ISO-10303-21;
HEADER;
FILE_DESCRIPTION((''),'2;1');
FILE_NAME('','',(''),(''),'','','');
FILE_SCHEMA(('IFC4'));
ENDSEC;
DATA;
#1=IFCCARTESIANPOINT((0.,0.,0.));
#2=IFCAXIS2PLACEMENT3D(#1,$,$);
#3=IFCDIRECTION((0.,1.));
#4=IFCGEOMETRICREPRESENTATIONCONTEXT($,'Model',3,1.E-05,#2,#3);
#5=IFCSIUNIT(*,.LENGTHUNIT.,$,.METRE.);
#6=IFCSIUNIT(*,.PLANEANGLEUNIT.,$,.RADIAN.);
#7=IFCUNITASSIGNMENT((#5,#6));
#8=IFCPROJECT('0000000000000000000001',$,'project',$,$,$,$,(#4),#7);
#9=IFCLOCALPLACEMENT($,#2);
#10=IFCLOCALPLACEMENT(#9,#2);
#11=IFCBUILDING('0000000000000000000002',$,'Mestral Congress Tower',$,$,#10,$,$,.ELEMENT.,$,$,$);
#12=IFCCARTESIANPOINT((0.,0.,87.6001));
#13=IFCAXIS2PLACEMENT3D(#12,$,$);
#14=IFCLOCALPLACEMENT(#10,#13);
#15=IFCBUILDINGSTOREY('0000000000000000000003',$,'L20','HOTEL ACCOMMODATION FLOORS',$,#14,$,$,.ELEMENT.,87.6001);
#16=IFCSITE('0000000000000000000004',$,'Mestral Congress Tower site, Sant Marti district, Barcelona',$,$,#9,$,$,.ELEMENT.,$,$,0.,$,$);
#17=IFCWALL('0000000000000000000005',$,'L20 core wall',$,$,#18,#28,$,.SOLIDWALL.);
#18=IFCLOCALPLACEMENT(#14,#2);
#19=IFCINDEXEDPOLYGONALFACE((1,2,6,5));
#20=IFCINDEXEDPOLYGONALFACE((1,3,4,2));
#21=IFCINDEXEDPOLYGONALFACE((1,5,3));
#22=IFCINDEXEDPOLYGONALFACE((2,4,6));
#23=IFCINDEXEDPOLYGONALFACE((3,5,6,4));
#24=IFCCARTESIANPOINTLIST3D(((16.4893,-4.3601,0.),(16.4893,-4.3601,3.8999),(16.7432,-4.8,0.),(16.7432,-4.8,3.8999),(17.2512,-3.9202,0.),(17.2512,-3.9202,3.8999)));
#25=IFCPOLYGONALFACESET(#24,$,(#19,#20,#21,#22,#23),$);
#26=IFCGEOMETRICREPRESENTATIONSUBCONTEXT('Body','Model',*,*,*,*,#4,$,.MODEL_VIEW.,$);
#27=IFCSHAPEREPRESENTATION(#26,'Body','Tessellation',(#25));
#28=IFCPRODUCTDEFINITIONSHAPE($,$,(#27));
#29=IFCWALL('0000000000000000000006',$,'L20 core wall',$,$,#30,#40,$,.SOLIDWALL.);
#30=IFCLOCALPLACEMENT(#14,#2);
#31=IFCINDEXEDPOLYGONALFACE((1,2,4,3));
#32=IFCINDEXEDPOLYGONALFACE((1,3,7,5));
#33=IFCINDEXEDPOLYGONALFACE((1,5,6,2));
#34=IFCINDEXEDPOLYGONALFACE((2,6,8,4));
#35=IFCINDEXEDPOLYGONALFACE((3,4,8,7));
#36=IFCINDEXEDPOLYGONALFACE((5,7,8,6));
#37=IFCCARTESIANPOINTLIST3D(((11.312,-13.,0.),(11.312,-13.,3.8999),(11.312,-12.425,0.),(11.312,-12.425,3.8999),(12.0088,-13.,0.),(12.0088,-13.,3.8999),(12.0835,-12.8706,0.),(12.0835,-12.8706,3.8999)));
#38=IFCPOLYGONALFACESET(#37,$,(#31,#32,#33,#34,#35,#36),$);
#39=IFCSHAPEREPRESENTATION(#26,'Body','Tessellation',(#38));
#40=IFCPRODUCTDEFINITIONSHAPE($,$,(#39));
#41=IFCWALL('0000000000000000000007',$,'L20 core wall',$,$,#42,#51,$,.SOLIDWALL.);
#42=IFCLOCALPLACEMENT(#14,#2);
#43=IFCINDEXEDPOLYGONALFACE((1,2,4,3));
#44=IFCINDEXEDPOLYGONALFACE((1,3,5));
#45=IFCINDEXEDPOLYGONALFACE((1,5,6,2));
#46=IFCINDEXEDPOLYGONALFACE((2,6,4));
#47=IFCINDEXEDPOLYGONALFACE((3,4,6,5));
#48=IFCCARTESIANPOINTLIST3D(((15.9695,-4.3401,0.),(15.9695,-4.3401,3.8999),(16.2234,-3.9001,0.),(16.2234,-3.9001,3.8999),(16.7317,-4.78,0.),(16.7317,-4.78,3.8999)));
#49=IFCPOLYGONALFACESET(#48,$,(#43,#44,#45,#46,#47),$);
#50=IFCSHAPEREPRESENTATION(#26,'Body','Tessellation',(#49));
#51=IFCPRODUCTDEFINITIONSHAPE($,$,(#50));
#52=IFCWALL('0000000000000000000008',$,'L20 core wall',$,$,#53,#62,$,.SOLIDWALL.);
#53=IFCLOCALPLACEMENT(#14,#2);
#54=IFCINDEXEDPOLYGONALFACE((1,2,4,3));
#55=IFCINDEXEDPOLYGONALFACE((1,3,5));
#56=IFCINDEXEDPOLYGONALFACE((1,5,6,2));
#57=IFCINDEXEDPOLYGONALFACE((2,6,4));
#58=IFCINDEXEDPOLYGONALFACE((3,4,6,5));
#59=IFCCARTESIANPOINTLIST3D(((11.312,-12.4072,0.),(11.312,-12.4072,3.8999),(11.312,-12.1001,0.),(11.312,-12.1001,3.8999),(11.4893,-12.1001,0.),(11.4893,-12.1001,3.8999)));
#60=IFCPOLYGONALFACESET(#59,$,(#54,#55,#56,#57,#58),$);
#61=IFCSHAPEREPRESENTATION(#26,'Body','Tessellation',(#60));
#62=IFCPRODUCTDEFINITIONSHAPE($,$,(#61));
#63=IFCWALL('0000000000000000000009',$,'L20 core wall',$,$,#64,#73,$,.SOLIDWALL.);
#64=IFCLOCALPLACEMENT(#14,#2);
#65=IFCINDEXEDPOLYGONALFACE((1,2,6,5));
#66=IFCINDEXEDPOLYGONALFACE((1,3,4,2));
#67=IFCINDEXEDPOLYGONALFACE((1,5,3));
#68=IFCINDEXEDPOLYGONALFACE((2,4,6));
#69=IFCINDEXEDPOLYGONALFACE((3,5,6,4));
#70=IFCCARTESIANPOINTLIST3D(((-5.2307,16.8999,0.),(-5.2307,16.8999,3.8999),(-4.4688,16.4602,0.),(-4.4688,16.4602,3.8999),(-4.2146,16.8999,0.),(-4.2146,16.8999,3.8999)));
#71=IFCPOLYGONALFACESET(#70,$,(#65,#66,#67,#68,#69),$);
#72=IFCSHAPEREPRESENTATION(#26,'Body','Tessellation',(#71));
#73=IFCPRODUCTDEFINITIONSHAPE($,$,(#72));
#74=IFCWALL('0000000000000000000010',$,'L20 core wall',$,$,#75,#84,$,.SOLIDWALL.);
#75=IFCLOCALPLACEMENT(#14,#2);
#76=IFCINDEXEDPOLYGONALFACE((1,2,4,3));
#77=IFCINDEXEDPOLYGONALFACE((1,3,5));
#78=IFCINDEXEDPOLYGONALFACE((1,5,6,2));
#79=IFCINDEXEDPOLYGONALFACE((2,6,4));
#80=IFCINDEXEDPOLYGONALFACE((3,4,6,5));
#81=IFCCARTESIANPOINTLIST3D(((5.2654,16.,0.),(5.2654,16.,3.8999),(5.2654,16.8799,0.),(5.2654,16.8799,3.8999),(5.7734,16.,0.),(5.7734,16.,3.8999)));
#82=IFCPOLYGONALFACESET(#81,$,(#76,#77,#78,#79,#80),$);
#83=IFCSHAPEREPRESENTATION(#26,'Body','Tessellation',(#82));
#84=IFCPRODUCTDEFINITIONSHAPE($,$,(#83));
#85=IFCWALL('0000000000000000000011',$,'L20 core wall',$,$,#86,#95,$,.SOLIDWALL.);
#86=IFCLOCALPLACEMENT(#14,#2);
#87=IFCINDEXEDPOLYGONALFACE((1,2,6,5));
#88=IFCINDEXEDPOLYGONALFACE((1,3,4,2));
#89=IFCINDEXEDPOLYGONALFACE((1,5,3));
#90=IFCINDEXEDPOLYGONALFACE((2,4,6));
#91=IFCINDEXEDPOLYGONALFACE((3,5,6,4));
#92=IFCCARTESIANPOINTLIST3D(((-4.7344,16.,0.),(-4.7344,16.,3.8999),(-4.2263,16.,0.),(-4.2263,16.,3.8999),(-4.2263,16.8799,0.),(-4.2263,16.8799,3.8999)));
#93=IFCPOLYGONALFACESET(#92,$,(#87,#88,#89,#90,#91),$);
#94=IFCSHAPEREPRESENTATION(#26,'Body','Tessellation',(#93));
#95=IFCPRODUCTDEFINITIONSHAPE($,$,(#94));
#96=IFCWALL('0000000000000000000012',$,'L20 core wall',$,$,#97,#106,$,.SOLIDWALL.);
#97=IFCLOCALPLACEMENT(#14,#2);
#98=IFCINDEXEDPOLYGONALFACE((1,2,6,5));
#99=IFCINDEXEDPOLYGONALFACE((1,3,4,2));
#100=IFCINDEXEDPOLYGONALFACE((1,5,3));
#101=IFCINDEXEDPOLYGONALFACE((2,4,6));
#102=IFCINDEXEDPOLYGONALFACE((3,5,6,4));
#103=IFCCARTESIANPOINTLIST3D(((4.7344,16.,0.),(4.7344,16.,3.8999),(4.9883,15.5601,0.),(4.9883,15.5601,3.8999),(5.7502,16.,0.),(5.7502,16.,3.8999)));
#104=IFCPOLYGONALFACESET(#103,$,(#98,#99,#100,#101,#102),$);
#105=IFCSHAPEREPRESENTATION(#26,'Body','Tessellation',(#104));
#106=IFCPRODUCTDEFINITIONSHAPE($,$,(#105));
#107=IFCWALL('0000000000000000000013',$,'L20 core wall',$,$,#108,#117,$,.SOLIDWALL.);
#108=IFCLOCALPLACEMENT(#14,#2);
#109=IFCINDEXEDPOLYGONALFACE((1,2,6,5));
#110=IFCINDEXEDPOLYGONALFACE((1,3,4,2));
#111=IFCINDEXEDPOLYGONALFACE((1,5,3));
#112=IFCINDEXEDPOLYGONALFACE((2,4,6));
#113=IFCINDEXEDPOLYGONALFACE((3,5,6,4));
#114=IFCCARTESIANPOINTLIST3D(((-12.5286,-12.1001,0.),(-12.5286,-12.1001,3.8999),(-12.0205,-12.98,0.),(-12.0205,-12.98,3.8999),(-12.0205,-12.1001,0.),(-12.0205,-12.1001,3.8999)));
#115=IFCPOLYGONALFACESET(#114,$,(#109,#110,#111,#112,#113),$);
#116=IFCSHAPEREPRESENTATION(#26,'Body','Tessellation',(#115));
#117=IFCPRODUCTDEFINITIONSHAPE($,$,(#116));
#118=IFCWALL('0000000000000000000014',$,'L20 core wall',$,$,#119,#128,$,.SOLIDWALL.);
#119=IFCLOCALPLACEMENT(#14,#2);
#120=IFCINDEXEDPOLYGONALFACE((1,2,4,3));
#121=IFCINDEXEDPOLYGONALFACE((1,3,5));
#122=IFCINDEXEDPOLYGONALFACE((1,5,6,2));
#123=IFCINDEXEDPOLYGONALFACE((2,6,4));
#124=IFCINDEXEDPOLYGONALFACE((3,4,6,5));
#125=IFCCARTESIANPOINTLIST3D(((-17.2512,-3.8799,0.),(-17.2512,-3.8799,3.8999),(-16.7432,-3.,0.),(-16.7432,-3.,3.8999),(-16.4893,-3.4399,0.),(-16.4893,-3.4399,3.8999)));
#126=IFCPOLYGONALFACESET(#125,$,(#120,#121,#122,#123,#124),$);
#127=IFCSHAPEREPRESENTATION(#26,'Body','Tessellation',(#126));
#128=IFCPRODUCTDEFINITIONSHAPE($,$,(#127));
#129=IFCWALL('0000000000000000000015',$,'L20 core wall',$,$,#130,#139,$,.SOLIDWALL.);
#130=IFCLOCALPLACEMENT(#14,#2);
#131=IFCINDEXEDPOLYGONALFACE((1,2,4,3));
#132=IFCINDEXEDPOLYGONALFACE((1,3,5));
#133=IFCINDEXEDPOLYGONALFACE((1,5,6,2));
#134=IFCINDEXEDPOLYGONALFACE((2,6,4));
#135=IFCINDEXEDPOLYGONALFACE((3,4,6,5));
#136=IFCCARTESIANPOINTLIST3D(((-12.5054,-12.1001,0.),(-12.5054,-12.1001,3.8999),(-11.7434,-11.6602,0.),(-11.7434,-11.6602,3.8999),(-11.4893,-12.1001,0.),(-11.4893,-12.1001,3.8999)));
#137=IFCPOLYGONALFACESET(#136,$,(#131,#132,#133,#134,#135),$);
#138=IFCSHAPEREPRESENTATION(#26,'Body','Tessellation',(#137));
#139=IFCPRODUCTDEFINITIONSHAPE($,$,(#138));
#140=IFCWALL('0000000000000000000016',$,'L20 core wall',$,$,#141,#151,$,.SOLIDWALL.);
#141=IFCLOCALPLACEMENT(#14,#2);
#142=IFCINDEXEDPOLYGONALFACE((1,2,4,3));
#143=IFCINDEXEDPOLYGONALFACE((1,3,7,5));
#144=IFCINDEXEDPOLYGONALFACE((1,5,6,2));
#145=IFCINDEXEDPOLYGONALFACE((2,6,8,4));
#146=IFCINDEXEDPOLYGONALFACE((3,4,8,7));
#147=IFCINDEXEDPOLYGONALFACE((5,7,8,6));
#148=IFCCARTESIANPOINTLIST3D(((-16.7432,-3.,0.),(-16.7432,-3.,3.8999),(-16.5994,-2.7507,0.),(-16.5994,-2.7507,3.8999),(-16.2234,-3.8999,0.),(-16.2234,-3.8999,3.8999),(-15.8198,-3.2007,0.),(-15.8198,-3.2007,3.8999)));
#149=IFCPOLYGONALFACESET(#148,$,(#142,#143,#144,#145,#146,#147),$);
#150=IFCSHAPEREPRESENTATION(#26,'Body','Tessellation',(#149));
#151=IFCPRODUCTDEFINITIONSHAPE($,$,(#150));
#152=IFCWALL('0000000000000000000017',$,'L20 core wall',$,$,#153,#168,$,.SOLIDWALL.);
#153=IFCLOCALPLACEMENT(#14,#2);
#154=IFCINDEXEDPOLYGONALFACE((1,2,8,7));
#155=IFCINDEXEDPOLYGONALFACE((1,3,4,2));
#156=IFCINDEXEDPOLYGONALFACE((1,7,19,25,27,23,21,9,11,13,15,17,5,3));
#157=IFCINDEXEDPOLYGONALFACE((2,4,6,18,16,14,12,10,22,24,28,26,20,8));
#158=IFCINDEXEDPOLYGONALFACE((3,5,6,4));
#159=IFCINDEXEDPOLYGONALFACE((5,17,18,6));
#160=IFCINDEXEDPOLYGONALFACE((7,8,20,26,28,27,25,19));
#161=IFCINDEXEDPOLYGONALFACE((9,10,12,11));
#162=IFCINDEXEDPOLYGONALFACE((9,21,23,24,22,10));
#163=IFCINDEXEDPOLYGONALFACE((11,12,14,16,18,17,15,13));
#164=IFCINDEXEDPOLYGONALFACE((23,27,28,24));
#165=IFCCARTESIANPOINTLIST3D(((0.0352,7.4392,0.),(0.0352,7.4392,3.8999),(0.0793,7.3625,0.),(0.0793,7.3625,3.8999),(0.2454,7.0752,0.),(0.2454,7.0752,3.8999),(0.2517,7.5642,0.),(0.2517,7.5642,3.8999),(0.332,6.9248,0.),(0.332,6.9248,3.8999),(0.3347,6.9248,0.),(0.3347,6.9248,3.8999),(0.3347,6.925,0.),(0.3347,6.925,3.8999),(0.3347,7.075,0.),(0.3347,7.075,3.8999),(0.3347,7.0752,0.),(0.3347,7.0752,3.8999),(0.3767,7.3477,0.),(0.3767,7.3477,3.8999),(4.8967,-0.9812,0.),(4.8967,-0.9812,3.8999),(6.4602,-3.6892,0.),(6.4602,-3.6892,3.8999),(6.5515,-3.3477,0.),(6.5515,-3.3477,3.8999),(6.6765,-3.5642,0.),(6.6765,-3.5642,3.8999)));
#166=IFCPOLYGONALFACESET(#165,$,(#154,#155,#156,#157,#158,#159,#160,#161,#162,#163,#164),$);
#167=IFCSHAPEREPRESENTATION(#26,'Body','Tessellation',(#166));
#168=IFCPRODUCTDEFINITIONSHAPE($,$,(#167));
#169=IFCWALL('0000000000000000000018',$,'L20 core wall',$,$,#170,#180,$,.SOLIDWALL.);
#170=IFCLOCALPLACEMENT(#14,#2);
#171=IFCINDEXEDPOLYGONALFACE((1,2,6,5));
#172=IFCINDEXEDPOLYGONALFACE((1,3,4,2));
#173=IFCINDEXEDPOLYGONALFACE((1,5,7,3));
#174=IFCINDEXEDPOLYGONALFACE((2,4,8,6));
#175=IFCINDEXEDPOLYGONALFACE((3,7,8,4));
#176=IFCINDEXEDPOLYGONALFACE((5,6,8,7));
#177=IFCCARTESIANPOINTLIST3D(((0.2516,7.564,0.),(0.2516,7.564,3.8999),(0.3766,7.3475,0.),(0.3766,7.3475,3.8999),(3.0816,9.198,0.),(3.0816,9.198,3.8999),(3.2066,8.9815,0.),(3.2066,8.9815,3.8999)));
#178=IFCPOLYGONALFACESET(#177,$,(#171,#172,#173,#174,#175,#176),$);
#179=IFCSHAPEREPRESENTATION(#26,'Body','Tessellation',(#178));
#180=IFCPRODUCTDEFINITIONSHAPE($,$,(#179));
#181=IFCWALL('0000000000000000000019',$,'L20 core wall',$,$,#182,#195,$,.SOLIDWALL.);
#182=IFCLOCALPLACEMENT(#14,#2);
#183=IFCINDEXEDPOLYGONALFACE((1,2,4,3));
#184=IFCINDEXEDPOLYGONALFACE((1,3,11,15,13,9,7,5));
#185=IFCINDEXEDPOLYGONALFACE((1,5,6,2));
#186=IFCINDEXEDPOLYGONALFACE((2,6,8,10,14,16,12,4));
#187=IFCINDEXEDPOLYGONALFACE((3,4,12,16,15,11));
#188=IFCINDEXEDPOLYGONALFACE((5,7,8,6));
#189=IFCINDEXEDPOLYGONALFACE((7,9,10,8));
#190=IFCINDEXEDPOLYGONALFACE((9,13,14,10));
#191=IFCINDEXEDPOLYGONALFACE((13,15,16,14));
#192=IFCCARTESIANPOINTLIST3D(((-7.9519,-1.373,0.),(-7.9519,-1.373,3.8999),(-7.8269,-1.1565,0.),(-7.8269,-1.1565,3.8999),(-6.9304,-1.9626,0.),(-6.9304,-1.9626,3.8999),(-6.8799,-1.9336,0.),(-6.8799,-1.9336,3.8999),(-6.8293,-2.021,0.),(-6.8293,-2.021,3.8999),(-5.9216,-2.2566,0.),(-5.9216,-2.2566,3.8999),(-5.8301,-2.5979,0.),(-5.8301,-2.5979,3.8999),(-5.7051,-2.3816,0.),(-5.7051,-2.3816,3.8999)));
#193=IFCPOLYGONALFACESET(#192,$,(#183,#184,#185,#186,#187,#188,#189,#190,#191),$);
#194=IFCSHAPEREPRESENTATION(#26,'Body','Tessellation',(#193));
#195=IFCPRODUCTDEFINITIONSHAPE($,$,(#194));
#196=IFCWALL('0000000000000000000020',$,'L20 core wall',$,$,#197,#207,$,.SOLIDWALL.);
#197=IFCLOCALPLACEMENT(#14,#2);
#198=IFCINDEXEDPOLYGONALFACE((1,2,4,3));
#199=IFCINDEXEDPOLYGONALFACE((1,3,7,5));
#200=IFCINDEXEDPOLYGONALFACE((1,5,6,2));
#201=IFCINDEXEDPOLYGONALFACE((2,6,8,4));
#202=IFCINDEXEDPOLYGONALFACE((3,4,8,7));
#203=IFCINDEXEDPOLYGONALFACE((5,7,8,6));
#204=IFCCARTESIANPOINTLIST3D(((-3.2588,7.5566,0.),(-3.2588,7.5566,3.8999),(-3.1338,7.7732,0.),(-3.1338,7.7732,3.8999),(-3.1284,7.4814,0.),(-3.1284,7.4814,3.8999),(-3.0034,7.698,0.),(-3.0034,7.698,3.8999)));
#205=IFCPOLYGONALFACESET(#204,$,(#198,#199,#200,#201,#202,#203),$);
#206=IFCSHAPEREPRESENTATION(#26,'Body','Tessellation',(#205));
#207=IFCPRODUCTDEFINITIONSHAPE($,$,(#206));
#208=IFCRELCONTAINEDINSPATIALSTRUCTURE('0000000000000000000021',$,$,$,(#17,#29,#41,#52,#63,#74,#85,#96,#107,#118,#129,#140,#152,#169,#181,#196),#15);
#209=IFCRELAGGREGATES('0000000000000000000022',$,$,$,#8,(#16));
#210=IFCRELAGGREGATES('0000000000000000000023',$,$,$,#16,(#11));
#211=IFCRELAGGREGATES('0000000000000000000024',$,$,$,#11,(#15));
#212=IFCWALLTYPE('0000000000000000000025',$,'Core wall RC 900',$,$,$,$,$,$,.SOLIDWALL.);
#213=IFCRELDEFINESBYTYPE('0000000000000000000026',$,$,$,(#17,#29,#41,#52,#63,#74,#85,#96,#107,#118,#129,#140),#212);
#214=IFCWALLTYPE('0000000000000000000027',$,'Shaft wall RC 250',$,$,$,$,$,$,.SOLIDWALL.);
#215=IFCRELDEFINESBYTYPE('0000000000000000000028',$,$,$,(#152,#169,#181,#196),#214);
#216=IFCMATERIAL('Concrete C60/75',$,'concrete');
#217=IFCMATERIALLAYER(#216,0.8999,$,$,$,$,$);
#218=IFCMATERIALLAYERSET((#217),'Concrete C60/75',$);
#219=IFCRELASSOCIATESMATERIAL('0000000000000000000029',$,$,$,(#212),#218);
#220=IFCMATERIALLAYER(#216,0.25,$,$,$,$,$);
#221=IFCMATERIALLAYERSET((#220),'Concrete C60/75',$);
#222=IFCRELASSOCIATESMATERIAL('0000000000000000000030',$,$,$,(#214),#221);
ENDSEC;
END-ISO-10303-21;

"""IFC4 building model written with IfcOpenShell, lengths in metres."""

from ifc_helpers import new_model, si_unit, direction, frame, frame_2d, origin, place, context, subcontext, project, spatial, polyline, rectangle, outline, extrude, material, layer, layer_set, type_object, element, save


model = new_model("IFC4")

# Units and contexts
model_context = context("Model", 3, precision=1e-05, world=origin(), true_north=direction((0.0, 1.0)))
body_context = subcontext(model_context, "Body", "Model", "MODEL_VIEW")
ifc_project = project(units=[si_unit("LENGTHUNIT", "METRE"), si_unit("PLANEANGLEUNIT", "RADIAN")], contexts=[model_context])

# Site, building, storey
site_placement = place(None, origin())
site = spatial("IfcSite", under=ifc_project, at=site_placement, Name="Mestral Congress Tower site, Sant Marti district, Barcelona", CompositionType="ELEMENT", RefElevation=0.0)
building_placement = place(site_placement, origin())
building = spatial("IfcBuilding", under=site, at=building_placement, Name="Mestral Congress Tower", CompositionType="ELEMENT")
storey_placement = place(building_placement, frame((0.0, 0.0, 87.6001)))
storey = spatial("IfcBuildingStorey", under=building, at=storey_placement, Name="L20", Description="HOTEL ACCOMMODATION FLOORS", CompositionType="ELEMENT", Elevation=87.6001)

# Shared definitions
ifc_material_1 = material(Name="Concrete C60/75", Category="concrete")

# Shared definitions
placement_1 = place(storey_placement, origin())

# Walls
ifc_layer_1 = layer(ifc_material_1, 0.8999)
ifc_layer_set_1 = layer_set([ifc_layer_1], Name="Concrete C60/75")
wall_type_1 = type_object("IfcWallType", Name="Core wall RC 900", PredefinedType="SOLIDWALL", material=ifc_layer_set_1)
element("IfcWall", 1, at=placement_1, inside=storey, type_object=wall_type_1, Name="L20 core wall", PredefinedType="SOLIDWALL", context=body_context, shape_type="SweptSolid", body=[
    extrude(outline(polyline([(16.7432, -4.8), (16.4893, -4.3601), (17.2512, -3.9202), (16.7432, -4.8)])), origin(), (0.0, 0.0, 1.0), 3.8999),
])
element("IfcWall", 2, at=placement_1, inside=storey, type_object=wall_type_1, Name="L20 core wall", PredefinedType="SOLIDWALL", context=body_context, shape_type="SweptSolid", body=[
    extrude(outline(polyline([(12.0088, -13.0), (11.312, -13.0), (11.312, -12.425), (12.0835, -12.8706), (12.0088, -13.0)])), origin(), (0.0, 0.0, 1.0), 3.8999),
])
element("IfcWall", 3, at=placement_1, inside=storey, type_object=wall_type_1, Name="L20 core wall", PredefinedType="SOLIDWALL", context=body_context, shape_type="SweptSolid", body=[
    extrude(outline(polyline([(16.2234, -3.9001), (16.7317, -4.78), (15.9695, -4.3401), (16.2234, -3.9001)])), origin(), (0.0, 0.0, 1.0), 3.8999),
])
element("IfcWall", 4, at=placement_1, inside=storey, type_object=wall_type_1, Name="L20 core wall", PredefinedType="SOLIDWALL", context=body_context, shape_type="SweptSolid", body=[
    extrude(outline(polyline([(11.4893, -12.1001), (11.312, -12.4072), (11.312, -12.1001), (11.4893, -12.1001)])), origin(), (0.0, 0.0, 1.0), 3.8999),
])
element("IfcWall", 5, at=placement_1, inside=storey, type_object=wall_type_1, Name="L20 core wall", PredefinedType="SOLIDWALL", context=body_context, shape_type="SweptSolid", body=[
    extrude(outline(polyline([(-4.2146, 16.8999), (-4.4688, 16.4602), (-5.2307, 16.8999), (-4.2146, 16.8999)])), origin(), (0.0, 0.0, 1.0), 3.8999),
])
element("IfcWall", 6, at=placement_1, inside=storey, type_object=wall_type_1, Name="L20 core wall", PredefinedType="SOLIDWALL", context=body_context, shape_type="SweptSolid", body=[
    extrude(outline(polyline([(5.2654, 16.0), (5.2654, 16.8799), (5.7734, 16.0), (5.2654, 16.0)])), origin(), (0.0, 0.0, 1.0), 3.8999),
])
element("IfcWall", 7, at=placement_1, inside=storey, type_object=wall_type_1, Name="L20 core wall", PredefinedType="SOLIDWALL", context=body_context, shape_type="SweptSolid", body=[
    extrude(outline(polyline([(-4.7344, 16.0), (-4.2263, 16.8799), (-4.2263, 16.0), (-4.7344, 16.0)])), origin(), (0.0, 0.0, 1.0), 3.8999),
])
element("IfcWall", 8, at=placement_1, inside=storey, type_object=wall_type_1, Name="L20 core wall", PredefinedType="SOLIDWALL", context=body_context, shape_type="SweptSolid", body=[
    extrude(outline(polyline([(4.7344, 16.0), (5.7502, 16.0), (4.9883, 15.5601), (4.7344, 16.0)])), origin(), (0.0, 0.0, 1.0), 3.8999),
])
element("IfcWall", 9, at=placement_1, inside=storey, type_object=wall_type_1, Name="L20 core wall", PredefinedType="SOLIDWALL", context=body_context, shape_type="SweptSolid", body=[
    extrude(outline(polyline([(-12.5286, -12.1001), (-12.0205, -12.1001), (-12.0205, -12.98), (-12.5286, -12.1001)])), origin(), (0.0, 0.0, 1.0), 3.8999),
])
element("IfcWall", 10, at=placement_1, inside=storey, type_object=wall_type_1, Name="L20 core wall", PredefinedType="SOLIDWALL", context=body_context, shape_type="SweptSolid", body=[
    extrude(outline(polyline([(-16.4893, -3.4399), (-17.2512, -3.8799), (-16.7432, -3.0), (-16.4893, -3.4399)])), origin(), (0.0, 0.0, 1.0), 3.8999),
])
element("IfcWall", 11, at=placement_1, inside=storey, type_object=wall_type_1, Name="L20 core wall", PredefinedType="SOLIDWALL", context=body_context, shape_type="SweptSolid", body=[
    extrude(outline(polyline([(-11.4893, -12.1001), (-12.5054, -12.1001), (-11.7434, -11.6602), (-11.4893, -12.1001)])), origin(), (0.0, 0.0, 1.0), 3.8999),
])
element("IfcWall", 12, at=placement_1, inside=storey, type_object=wall_type_1, Name="L20 core wall", PredefinedType="SOLIDWALL", context=body_context, shape_type="SweptSolid", body=[
    extrude(outline(polyline([(-15.8198, -3.2007), (-16.2234, -3.8999), (-16.7432, -3.0), (-16.5994, -2.7507), (-15.8198, -3.2007)])), origin(), (0.0, 0.0, 1.0), 3.8999),
])
ifc_layer_2 = layer(ifc_material_1, 0.25)
ifc_layer_set_2 = layer_set([ifc_layer_2], Name="Concrete C60/75")
wall_type_2 = type_object("IfcWallType", Name="Shaft wall RC 250", PredefinedType="SOLIDWALL", material=ifc_layer_set_2)
element("IfcWall", 13, at=placement_1, inside=storey, type_object=wall_type_2, Name="L20 core wall", PredefinedType="SOLIDWALL", context=body_context, shape_type="SweptSolid", body=[
    extrude(outline(polyline([(0.3347, 6.925), (0.3347, 7.075), (0.3347, 7.075), (0.3347, 7.0752), (0.2454, 7.0752), (0.0793, 7.3625), (0.0352, 7.4392), (0.2517, 7.5642), (0.3767, 7.3477), (6.5515, -3.3477), (6.6765, -3.5642), (6.4602, -3.6892), (4.8967, -0.9812), (0.332, 6.9248), (0.3347, 6.9248), (0.3347, 6.925), (0.3347, 6.925)])), origin(), (0.0, 0.0, 1.0), 3.8999),
])
wall_1_placement = place(storey_placement, frame((0.3142, 7.4558, 0.0), z_axis=(0.0, 0.0, 1.0), x_axis=(0.866014, 0.50002, 0.0)))
element("IfcWall", 14, at=wall_1_placement, inside=storey, type_object=wall_type_2, Name="L20 core wall", PredefinedType="SOLIDWALL", context=body_context, shape_type="SweptSolid", body=[
    extrude(rectangle(XDim=3.2678, YDim=0.25, at=frame_2d((1.6338, 0.0))), origin(), (0.0, 0.0, 1.0), 3.8999),
])
element("IfcWall", 15, at=placement_1, inside=storey, type_object=wall_type_2, Name="L20 core wall", PredefinedType="SOLIDWALL", context=body_context, shape_type="SweptSolid", body=[
    extrude(outline(polyline([(-5.9216, -2.2566), (-5.9216, -2.2566), (-5.7051, -2.3816), (-5.8301, -2.5979), (-6.8293, -2.021), (-6.8799, -1.9336), (-6.8799, -1.9336), (-6.9304, -1.9626), (-7.9519, -1.373), (-7.8269, -1.1565), (-5.9216, -2.2566)])), origin(), (0.0, 0.0, 1.0), 3.8999),
])
element("IfcWall", 16, at=placement_1, inside=storey, type_object=wall_type_2, Name="L20 core wall", PredefinedType="SOLIDWALL", context=body_context, shape_type="SweptSolid", body=[
    extrude(outline(polyline([(-3.1284, 7.4814), (-3.2588, 7.5566), (-3.1338, 7.7732), (-3.0034, 7.698), (-3.1284, 7.4814)])), origin(), (0.0, 0.0, 1.0), 3.8999),
])

save(model, "model.ifc")
